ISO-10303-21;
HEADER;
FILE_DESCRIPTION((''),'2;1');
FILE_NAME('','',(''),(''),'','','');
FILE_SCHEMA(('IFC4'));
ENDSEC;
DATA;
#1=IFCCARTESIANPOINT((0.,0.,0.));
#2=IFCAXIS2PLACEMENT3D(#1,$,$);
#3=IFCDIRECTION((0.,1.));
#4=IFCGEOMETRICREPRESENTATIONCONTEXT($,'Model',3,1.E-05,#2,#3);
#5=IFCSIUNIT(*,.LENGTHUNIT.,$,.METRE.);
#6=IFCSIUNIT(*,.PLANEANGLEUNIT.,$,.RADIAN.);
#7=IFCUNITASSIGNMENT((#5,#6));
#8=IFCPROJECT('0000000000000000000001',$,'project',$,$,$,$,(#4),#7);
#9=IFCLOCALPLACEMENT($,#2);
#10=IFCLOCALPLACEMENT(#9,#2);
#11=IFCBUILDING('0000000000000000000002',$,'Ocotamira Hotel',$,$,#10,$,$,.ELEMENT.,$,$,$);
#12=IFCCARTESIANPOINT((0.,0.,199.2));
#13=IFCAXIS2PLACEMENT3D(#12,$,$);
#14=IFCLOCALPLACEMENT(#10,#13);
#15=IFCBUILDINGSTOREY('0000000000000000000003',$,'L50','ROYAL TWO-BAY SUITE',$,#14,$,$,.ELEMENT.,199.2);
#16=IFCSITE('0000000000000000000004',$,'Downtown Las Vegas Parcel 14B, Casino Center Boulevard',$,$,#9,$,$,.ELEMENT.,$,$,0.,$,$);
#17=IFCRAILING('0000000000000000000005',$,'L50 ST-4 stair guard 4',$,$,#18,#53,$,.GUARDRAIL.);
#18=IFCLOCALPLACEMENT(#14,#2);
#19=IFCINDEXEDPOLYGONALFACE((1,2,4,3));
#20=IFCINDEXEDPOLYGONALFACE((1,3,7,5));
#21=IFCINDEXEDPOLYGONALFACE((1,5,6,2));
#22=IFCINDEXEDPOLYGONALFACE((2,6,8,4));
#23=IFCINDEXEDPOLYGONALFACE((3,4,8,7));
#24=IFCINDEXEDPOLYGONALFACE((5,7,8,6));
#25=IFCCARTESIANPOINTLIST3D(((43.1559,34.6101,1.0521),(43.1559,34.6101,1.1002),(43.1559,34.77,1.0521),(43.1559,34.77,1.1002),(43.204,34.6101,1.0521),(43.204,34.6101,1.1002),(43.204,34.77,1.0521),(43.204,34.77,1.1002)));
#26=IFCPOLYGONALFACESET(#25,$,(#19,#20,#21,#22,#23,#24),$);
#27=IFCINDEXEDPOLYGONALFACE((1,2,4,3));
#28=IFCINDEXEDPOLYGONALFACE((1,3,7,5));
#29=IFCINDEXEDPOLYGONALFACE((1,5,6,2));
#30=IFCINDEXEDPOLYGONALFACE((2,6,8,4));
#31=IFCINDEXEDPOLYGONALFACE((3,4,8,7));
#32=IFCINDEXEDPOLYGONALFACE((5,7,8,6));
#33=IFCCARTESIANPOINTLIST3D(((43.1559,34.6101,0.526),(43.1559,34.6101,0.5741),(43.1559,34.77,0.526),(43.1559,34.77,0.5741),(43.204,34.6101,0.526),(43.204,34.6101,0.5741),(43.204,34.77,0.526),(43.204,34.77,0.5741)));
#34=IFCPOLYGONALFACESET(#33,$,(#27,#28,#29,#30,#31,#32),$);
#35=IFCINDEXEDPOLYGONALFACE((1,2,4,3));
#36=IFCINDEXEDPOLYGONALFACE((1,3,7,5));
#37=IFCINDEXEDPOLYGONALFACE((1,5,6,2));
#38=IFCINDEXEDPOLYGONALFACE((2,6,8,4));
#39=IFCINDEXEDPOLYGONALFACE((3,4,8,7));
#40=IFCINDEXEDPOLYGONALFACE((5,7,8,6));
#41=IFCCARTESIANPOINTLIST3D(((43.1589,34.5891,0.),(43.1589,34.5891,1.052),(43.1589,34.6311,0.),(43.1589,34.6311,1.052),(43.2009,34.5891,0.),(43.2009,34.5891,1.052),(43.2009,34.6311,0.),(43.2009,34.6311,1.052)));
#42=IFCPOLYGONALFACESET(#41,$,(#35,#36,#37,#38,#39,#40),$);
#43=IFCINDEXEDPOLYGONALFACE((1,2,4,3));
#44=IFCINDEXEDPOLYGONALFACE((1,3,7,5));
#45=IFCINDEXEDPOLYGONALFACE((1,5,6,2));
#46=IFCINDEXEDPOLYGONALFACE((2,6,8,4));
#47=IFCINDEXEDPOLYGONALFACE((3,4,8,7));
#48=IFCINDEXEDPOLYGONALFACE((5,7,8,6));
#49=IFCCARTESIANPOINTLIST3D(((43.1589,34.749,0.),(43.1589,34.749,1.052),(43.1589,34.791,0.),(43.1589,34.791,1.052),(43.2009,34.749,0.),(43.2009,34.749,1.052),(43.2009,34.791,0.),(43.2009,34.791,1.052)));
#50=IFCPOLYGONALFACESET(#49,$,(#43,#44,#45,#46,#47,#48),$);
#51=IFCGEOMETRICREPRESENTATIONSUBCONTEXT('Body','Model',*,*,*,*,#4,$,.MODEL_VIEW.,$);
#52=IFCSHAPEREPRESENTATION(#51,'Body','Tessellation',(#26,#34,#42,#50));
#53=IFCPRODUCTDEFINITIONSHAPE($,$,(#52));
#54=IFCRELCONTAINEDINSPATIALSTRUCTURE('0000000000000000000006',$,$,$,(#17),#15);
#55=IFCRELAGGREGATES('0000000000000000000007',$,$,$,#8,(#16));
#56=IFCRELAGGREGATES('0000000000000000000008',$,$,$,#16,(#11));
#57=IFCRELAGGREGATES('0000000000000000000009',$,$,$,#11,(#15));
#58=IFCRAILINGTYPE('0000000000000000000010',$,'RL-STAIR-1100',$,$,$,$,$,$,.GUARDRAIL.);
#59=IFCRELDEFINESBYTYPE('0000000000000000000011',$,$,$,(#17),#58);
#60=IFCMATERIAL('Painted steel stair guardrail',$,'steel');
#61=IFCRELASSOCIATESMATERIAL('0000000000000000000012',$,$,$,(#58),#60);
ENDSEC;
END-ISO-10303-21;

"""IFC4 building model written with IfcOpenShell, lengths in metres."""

from ifc_helpers import new_model, si_unit, direction, frame, origin, origin_2d, place, context, subcontext, project, spatial, rectangle, extrude, material, type_object, element, save


model = new_model("IFC4")

# Units and contexts
model_context = context("Model", 3, precision=1e-05, world=origin(), true_north=direction((0.0, 1.0)))
body_context = subcontext(model_context, "Body", "Model", "MODEL_VIEW")
ifc_project = project(units=[si_unit("LENGTHUNIT", "METRE"), si_unit("PLANEANGLEUNIT", "RADIAN")], contexts=[model_context])

# Site, building, storey
site_placement = place(None, origin())
site = spatial("IfcSite", under=ifc_project, at=site_placement, Name="Downtown Las Vegas Parcel 14B, Casino Center Boulevard", CompositionType="ELEMENT", RefElevation=0.0)
building_placement = place(site_placement, origin())
building = spatial("IfcBuilding", under=site, at=building_placement, Name="Ocotamira Hotel", CompositionType="ELEMENT")
storey_placement = place(building_placement, frame((0.0, 0.0, 199.2)))
storey = spatial("IfcBuildingStorey", under=building, at=storey_placement, Name="L50", Description="ROYAL TWO-BAY SUITE", CompositionType="ELEMENT", Elevation=199.2)

# Railing
ifc_material_1 = material(Name="Painted steel stair guardrail", Category="steel")
railing_type_1 = type_object("IfcRailingType", Name="RL-STAIR-1100", PredefinedType="GUARDRAIL", material=ifc_material_1)
railing_1_placement = place(storey_placement, frame((43.1799, 34.6101, 0.0)))
element("IfcRailing", 1, at=railing_1_placement, inside=storey, type_object=railing_type_1, Name="L50 ST-4 stair guard 4", PredefinedType="GUARDRAIL", context=body_context, shape_type="SweptSolid", body=[
    extrude(rectangle(XDim=0.0481, YDim=0.0481, at=origin_2d()), frame((0.0, 0.0, 1.0762), z_axis=(0.0, 1.0, 0.0), x_axis=(-1.0, 0.0, 0.0)), (0.0, 0.0, 1.0), 0.1599),
    extrude(rectangle(XDim=0.0481, YDim=0.0481, at=origin_2d()), frame((0.0, 0.0, 0.55), z_axis=(0.0, 1.0, 0.0), x_axis=(-1.0, 0.0, 0.0)), (0.0, 0.0, 1.0), 0.1599),
    extrude(rectangle(XDim=0.042, YDim=0.042, at=origin_2d()), origin(), (0.0, 0.0, 1.0), 1.052),
    extrude(rectangle(XDim=0.042, YDim=0.042, at=origin_2d()), frame((0.0, 0.1599, 0.0)), (0.0, 0.0, 1.0), 1.052),
])

save(model, "model.ifc")
